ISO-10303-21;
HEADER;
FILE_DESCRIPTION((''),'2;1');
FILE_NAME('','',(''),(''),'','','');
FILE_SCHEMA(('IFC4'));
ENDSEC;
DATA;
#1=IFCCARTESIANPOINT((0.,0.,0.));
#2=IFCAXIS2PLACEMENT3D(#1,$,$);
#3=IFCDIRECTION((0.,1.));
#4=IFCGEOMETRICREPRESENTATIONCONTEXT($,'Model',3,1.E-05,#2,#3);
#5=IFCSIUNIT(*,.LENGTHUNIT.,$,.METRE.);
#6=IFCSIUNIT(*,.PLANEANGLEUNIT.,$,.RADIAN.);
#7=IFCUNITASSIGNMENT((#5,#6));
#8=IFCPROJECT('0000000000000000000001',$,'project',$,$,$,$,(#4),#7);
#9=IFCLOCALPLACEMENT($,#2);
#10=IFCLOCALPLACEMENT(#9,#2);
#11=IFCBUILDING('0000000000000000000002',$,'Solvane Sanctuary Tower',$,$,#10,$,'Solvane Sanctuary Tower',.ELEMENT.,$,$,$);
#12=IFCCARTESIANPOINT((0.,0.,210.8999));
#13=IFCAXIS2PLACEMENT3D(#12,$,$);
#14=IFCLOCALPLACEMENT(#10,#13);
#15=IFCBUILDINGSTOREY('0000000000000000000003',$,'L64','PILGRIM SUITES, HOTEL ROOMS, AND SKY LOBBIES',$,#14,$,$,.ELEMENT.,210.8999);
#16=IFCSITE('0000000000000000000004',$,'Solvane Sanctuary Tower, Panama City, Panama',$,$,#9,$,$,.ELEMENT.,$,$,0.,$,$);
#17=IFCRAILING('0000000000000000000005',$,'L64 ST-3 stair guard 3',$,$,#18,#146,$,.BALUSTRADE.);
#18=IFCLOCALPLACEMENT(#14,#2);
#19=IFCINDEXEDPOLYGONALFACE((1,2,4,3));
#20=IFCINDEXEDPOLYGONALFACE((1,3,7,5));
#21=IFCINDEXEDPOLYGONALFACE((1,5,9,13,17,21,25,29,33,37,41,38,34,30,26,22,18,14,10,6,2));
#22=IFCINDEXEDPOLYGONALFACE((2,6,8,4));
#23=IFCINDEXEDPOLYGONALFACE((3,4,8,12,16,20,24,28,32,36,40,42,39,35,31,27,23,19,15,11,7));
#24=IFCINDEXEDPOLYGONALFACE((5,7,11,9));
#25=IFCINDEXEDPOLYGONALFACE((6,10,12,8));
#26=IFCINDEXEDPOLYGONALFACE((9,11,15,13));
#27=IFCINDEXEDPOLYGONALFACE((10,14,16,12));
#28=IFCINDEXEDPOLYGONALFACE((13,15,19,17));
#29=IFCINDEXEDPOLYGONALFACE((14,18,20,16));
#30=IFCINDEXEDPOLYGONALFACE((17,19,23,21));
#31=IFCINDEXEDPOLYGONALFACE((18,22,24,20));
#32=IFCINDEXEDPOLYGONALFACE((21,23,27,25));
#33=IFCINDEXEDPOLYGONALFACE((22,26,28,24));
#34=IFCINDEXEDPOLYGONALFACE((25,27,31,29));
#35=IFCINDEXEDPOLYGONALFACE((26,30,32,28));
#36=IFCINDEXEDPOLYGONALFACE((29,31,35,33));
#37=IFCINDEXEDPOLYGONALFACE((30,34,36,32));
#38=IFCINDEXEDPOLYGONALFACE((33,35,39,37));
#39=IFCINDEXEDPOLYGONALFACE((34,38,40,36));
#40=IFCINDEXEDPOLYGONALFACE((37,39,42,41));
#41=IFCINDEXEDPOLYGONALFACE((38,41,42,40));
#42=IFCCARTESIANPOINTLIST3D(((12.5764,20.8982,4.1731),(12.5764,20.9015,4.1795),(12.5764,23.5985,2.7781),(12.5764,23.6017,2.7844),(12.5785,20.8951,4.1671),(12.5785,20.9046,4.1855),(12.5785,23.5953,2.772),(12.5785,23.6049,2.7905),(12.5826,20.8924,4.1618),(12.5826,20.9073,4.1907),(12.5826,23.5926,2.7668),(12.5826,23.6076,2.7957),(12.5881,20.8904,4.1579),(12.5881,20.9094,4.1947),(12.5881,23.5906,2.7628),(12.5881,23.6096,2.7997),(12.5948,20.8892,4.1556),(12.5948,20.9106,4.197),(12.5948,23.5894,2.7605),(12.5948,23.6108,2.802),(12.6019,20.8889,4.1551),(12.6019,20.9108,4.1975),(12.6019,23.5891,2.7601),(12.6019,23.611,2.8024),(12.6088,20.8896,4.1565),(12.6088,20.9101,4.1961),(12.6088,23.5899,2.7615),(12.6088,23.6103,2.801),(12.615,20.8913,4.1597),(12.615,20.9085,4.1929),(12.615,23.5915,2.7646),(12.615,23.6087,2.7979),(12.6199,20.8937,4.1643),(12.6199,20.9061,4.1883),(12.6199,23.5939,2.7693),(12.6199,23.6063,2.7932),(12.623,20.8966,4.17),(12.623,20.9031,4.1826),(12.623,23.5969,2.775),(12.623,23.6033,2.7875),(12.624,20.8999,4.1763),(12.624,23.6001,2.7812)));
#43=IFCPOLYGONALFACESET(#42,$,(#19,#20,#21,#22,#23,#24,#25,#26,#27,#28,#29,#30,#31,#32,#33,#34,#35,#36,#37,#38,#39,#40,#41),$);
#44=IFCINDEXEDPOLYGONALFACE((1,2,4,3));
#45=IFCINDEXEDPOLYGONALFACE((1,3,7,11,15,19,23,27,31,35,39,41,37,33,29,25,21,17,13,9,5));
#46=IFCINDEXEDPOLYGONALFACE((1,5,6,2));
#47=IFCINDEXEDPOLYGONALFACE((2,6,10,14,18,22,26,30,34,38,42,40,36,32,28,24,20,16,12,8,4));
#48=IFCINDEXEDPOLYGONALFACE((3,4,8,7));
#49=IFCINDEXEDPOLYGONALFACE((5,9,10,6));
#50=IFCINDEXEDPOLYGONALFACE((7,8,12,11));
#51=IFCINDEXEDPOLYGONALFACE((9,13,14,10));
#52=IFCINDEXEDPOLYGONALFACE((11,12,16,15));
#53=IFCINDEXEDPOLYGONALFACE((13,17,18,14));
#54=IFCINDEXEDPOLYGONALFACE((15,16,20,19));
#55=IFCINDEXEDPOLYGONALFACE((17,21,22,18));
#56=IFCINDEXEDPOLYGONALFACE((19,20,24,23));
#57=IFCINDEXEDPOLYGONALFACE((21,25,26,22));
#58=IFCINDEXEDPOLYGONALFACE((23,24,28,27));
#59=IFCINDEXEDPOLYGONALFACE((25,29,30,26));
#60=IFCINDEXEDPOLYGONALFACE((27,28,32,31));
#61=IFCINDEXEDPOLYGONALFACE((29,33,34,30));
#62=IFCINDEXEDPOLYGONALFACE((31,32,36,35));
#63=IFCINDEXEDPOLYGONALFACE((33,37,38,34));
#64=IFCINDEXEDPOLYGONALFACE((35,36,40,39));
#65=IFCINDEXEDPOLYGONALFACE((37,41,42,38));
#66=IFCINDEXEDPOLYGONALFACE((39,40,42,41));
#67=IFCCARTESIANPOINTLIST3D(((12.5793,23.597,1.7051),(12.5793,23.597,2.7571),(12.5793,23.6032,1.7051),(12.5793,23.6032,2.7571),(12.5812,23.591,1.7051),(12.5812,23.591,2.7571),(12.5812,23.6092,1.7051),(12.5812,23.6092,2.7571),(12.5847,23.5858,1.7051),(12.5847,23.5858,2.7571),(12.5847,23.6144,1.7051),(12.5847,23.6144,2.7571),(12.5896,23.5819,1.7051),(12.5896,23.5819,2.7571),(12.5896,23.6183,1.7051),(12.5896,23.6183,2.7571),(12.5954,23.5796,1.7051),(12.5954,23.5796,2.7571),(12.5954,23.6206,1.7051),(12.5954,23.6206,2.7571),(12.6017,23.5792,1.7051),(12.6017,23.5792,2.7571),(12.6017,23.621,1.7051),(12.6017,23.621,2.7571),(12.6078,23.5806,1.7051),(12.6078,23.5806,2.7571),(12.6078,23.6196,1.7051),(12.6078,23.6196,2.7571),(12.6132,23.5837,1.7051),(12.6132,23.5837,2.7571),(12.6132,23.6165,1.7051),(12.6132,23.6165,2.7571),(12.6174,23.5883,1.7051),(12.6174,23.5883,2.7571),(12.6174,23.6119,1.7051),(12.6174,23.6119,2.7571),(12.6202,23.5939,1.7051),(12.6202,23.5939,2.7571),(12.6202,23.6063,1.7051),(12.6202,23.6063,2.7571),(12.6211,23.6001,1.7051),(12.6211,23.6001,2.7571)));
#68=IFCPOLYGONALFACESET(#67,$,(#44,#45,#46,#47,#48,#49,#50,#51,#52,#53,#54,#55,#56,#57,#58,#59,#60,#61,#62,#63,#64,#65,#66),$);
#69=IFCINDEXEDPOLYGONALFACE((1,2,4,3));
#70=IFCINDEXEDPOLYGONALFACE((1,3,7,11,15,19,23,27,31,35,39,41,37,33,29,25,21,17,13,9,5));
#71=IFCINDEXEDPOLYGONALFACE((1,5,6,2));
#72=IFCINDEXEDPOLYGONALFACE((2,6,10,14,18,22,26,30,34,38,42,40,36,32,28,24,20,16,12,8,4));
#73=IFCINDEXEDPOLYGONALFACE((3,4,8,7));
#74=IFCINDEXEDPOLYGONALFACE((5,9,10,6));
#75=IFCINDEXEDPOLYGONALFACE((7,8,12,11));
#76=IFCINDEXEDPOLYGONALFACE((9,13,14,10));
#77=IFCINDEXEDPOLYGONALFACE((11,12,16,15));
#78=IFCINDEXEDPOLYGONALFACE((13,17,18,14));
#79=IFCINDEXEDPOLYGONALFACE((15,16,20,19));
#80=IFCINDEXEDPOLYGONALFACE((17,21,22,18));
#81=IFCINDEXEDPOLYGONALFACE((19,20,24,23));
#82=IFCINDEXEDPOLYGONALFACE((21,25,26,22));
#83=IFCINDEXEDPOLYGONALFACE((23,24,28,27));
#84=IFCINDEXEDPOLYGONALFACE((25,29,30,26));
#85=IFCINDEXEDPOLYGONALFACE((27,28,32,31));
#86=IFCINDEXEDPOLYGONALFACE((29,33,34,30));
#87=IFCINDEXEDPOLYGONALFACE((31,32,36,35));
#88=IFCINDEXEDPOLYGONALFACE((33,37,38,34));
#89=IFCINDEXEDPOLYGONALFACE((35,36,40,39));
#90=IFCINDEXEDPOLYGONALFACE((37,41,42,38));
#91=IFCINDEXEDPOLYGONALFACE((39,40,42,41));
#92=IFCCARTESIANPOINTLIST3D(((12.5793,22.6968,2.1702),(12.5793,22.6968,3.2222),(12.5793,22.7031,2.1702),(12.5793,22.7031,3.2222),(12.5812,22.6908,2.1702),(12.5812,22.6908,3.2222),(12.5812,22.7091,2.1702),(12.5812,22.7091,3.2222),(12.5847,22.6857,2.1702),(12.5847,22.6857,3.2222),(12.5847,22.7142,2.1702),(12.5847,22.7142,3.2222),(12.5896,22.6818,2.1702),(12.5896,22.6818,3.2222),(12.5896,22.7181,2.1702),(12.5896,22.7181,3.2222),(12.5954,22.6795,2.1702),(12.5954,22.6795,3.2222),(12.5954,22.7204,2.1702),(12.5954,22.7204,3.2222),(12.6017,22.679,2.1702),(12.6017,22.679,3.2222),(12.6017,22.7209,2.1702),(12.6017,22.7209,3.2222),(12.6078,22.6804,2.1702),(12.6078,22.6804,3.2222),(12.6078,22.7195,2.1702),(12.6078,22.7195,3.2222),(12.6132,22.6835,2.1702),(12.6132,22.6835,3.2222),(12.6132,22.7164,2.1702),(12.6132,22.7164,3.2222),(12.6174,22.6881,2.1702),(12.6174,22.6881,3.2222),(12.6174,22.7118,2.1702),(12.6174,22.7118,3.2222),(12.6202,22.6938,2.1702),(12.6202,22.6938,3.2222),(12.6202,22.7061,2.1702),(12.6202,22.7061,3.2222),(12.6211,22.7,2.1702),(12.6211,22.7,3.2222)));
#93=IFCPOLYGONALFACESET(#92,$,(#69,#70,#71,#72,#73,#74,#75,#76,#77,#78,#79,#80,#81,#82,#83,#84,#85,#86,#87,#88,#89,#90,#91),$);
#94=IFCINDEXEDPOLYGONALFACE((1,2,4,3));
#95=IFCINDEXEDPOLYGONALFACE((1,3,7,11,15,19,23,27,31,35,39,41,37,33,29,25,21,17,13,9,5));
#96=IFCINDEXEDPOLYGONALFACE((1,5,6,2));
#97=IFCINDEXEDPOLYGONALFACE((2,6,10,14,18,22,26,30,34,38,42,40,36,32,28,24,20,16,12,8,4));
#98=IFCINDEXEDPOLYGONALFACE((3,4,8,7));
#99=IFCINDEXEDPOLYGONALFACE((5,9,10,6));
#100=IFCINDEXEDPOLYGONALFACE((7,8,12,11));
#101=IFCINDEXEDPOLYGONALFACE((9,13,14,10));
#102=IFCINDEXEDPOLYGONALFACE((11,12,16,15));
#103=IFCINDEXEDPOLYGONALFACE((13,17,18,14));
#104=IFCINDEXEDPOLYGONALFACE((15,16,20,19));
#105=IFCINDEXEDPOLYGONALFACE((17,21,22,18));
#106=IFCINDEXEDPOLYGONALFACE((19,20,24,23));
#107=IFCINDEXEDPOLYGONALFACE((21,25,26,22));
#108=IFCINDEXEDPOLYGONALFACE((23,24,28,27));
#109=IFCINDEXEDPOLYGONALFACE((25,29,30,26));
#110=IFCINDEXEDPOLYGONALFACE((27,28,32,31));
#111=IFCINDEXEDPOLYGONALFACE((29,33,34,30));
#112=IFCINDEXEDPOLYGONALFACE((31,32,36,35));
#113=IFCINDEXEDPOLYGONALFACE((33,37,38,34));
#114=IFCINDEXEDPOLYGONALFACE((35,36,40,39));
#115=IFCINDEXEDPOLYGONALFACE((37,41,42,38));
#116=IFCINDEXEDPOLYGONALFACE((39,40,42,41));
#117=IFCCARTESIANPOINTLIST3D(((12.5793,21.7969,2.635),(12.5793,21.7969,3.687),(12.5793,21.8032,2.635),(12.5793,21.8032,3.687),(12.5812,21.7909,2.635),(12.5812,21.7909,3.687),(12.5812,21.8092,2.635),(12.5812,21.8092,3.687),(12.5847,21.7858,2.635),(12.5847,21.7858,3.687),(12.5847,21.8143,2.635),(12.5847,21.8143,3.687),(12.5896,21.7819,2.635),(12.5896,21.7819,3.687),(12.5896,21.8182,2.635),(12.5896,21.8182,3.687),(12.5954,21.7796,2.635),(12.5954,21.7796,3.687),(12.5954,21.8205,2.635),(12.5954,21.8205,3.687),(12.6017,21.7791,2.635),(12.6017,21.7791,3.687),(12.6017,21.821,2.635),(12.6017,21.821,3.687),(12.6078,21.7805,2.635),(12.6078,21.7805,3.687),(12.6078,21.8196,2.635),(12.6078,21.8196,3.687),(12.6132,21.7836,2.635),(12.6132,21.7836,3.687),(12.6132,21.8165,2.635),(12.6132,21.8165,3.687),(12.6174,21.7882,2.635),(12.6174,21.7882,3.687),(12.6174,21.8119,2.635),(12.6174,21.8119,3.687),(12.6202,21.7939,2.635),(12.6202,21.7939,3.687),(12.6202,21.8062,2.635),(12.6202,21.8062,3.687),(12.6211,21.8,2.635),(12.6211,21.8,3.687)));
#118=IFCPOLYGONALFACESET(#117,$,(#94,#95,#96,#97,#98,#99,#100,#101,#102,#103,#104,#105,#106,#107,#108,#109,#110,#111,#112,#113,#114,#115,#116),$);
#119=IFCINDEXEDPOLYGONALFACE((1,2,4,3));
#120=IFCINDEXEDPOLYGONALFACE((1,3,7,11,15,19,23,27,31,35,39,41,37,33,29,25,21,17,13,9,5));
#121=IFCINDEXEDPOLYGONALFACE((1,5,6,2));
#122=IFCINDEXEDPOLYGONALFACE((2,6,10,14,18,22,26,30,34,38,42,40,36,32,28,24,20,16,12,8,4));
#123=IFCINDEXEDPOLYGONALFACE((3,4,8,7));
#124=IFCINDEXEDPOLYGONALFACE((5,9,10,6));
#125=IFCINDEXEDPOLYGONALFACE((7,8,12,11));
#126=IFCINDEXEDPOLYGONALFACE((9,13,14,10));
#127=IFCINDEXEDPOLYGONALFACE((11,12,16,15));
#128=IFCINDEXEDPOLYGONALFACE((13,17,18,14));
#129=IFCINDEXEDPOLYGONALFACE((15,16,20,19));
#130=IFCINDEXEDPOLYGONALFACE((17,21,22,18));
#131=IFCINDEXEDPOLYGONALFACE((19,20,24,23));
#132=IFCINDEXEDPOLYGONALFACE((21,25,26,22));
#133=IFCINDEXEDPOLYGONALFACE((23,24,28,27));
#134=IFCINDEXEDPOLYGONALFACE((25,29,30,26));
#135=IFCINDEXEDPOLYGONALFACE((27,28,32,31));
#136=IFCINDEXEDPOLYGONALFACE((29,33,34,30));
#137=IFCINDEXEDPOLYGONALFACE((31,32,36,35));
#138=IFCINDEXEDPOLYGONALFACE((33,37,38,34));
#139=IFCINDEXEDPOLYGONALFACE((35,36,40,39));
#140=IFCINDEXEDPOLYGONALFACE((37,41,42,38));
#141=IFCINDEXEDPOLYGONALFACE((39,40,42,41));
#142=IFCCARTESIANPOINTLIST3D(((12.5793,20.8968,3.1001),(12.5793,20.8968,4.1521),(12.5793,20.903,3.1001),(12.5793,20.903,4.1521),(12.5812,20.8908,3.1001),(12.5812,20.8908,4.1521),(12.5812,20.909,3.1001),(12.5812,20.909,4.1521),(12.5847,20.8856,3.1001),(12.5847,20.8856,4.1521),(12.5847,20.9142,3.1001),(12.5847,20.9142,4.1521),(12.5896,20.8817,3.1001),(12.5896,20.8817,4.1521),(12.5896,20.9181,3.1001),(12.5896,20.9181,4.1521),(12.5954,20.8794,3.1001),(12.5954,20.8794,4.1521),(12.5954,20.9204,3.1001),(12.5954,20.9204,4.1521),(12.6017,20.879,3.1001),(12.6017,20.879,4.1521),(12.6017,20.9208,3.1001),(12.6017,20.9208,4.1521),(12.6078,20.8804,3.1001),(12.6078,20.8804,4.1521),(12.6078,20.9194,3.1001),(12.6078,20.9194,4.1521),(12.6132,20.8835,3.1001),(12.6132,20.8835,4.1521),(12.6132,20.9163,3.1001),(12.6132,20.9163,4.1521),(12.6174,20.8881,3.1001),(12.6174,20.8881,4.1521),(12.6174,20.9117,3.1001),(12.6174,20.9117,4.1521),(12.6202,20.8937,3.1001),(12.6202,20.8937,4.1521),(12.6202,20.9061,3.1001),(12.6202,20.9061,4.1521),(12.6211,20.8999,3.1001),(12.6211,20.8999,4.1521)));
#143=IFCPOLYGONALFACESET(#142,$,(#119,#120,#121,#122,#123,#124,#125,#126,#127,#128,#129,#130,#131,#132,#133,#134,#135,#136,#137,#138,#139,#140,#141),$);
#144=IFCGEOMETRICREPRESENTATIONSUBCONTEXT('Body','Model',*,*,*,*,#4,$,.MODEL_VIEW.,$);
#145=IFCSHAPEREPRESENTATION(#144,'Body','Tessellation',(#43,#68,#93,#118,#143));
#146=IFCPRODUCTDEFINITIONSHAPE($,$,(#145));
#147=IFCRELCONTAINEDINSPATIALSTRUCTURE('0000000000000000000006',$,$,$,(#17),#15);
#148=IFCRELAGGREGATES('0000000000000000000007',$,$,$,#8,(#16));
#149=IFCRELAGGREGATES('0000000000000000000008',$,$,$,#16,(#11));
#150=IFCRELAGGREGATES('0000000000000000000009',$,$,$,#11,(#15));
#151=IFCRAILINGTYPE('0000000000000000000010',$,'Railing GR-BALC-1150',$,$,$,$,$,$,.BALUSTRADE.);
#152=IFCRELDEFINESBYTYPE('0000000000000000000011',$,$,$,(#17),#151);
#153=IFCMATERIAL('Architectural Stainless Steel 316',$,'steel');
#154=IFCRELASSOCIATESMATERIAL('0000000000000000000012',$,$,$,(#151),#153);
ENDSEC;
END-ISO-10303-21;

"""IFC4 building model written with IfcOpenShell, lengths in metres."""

from ifc_helpers import new_model, si_unit, direction, frame, origin, origin_2d, place, context, subcontext, project, spatial, circle, extrude, material, type_object, element, save


model = new_model("IFC4")

# Units and contexts
model_context = context("Model", 3, precision=1e-05, world=origin(), true_north=direction((0.0, 1.0)))
body_context = subcontext(model_context, "Body", "Model", "MODEL_VIEW")
ifc_project = project(units=[si_unit("LENGTHUNIT", "METRE"), si_unit("PLANEANGLEUNIT", "RADIAN")], contexts=[model_context])

# Site, building, storey
site_placement = place(None, origin())
site = spatial("IfcSite", under=ifc_project, at=site_placement, Name="Solvane Sanctuary Tower, Panama City, Panama", CompositionType="ELEMENT", RefElevation=0.0)
building_placement = place(site_placement, origin())
building = spatial("IfcBuilding", under=site, at=building_placement, Name="Solvane Sanctuary Tower", LongName="Solvane Sanctuary Tower", CompositionType="ELEMENT")
storey_placement = place(building_placement, frame((0.0, 0.0, 210.8999)))
storey = spatial("IfcBuildingStorey", under=building, at=storey_placement, Name="L64", Description="PILGRIM SUITES, HOTEL ROOMS, AND SKY LOBBIES", CompositionType="ELEMENT", Elevation=210.8999)

# Railing
ifc_material_1 = material(Name="Architectural Stainless Steel 316", Category="steel")
railing_type_1 = type_object("IfcRailingType", Name="Railing GR-BALC-1150", PredefinedType="BALUSTRADE", material=ifc_material_1)
railing_1_placement = place(storey_placement, frame((12.6001, 23.6001, 1.7051)))
element("IfcRailing", 1, at=railing_1_placement, inside=storey, type_object=railing_type_1, Name="L64 ST-3 stair guard 3", PredefinedType="BALUSTRADE", context=body_context, shape_type="SweptSolid", body=[
    extrude(circle(Radius=0.0239, at=origin_2d()), frame((0.0, 0.0, 1.0762), z_axis=(0.0, -0.888437, 0.458999), x_axis=(1.0, 0.0, 0.0)), (0.0, 0.0, 1.0), 3.0393),
    extrude(circle(Radius=0.021, at=origin_2d()), origin(), (0.0, 0.0, 1.0), 1.052),
    extrude(circle(Radius=0.021, at=origin_2d()), frame((0.0, -0.9001, 0.4651)), (0.0, 0.0, 1.0), 1.052),
    extrude(circle(Radius=0.021, at=origin_2d()), frame((0.0, -1.8, 0.9299)), (0.0, 0.0, 1.0), 1.052),
    extrude(circle(Radius=0.021, at=origin_2d()), frame((0.0, -2.7002, 1.395)), (0.0, 0.0, 1.0), 1.052),
])

save(model, "model.ifc")
